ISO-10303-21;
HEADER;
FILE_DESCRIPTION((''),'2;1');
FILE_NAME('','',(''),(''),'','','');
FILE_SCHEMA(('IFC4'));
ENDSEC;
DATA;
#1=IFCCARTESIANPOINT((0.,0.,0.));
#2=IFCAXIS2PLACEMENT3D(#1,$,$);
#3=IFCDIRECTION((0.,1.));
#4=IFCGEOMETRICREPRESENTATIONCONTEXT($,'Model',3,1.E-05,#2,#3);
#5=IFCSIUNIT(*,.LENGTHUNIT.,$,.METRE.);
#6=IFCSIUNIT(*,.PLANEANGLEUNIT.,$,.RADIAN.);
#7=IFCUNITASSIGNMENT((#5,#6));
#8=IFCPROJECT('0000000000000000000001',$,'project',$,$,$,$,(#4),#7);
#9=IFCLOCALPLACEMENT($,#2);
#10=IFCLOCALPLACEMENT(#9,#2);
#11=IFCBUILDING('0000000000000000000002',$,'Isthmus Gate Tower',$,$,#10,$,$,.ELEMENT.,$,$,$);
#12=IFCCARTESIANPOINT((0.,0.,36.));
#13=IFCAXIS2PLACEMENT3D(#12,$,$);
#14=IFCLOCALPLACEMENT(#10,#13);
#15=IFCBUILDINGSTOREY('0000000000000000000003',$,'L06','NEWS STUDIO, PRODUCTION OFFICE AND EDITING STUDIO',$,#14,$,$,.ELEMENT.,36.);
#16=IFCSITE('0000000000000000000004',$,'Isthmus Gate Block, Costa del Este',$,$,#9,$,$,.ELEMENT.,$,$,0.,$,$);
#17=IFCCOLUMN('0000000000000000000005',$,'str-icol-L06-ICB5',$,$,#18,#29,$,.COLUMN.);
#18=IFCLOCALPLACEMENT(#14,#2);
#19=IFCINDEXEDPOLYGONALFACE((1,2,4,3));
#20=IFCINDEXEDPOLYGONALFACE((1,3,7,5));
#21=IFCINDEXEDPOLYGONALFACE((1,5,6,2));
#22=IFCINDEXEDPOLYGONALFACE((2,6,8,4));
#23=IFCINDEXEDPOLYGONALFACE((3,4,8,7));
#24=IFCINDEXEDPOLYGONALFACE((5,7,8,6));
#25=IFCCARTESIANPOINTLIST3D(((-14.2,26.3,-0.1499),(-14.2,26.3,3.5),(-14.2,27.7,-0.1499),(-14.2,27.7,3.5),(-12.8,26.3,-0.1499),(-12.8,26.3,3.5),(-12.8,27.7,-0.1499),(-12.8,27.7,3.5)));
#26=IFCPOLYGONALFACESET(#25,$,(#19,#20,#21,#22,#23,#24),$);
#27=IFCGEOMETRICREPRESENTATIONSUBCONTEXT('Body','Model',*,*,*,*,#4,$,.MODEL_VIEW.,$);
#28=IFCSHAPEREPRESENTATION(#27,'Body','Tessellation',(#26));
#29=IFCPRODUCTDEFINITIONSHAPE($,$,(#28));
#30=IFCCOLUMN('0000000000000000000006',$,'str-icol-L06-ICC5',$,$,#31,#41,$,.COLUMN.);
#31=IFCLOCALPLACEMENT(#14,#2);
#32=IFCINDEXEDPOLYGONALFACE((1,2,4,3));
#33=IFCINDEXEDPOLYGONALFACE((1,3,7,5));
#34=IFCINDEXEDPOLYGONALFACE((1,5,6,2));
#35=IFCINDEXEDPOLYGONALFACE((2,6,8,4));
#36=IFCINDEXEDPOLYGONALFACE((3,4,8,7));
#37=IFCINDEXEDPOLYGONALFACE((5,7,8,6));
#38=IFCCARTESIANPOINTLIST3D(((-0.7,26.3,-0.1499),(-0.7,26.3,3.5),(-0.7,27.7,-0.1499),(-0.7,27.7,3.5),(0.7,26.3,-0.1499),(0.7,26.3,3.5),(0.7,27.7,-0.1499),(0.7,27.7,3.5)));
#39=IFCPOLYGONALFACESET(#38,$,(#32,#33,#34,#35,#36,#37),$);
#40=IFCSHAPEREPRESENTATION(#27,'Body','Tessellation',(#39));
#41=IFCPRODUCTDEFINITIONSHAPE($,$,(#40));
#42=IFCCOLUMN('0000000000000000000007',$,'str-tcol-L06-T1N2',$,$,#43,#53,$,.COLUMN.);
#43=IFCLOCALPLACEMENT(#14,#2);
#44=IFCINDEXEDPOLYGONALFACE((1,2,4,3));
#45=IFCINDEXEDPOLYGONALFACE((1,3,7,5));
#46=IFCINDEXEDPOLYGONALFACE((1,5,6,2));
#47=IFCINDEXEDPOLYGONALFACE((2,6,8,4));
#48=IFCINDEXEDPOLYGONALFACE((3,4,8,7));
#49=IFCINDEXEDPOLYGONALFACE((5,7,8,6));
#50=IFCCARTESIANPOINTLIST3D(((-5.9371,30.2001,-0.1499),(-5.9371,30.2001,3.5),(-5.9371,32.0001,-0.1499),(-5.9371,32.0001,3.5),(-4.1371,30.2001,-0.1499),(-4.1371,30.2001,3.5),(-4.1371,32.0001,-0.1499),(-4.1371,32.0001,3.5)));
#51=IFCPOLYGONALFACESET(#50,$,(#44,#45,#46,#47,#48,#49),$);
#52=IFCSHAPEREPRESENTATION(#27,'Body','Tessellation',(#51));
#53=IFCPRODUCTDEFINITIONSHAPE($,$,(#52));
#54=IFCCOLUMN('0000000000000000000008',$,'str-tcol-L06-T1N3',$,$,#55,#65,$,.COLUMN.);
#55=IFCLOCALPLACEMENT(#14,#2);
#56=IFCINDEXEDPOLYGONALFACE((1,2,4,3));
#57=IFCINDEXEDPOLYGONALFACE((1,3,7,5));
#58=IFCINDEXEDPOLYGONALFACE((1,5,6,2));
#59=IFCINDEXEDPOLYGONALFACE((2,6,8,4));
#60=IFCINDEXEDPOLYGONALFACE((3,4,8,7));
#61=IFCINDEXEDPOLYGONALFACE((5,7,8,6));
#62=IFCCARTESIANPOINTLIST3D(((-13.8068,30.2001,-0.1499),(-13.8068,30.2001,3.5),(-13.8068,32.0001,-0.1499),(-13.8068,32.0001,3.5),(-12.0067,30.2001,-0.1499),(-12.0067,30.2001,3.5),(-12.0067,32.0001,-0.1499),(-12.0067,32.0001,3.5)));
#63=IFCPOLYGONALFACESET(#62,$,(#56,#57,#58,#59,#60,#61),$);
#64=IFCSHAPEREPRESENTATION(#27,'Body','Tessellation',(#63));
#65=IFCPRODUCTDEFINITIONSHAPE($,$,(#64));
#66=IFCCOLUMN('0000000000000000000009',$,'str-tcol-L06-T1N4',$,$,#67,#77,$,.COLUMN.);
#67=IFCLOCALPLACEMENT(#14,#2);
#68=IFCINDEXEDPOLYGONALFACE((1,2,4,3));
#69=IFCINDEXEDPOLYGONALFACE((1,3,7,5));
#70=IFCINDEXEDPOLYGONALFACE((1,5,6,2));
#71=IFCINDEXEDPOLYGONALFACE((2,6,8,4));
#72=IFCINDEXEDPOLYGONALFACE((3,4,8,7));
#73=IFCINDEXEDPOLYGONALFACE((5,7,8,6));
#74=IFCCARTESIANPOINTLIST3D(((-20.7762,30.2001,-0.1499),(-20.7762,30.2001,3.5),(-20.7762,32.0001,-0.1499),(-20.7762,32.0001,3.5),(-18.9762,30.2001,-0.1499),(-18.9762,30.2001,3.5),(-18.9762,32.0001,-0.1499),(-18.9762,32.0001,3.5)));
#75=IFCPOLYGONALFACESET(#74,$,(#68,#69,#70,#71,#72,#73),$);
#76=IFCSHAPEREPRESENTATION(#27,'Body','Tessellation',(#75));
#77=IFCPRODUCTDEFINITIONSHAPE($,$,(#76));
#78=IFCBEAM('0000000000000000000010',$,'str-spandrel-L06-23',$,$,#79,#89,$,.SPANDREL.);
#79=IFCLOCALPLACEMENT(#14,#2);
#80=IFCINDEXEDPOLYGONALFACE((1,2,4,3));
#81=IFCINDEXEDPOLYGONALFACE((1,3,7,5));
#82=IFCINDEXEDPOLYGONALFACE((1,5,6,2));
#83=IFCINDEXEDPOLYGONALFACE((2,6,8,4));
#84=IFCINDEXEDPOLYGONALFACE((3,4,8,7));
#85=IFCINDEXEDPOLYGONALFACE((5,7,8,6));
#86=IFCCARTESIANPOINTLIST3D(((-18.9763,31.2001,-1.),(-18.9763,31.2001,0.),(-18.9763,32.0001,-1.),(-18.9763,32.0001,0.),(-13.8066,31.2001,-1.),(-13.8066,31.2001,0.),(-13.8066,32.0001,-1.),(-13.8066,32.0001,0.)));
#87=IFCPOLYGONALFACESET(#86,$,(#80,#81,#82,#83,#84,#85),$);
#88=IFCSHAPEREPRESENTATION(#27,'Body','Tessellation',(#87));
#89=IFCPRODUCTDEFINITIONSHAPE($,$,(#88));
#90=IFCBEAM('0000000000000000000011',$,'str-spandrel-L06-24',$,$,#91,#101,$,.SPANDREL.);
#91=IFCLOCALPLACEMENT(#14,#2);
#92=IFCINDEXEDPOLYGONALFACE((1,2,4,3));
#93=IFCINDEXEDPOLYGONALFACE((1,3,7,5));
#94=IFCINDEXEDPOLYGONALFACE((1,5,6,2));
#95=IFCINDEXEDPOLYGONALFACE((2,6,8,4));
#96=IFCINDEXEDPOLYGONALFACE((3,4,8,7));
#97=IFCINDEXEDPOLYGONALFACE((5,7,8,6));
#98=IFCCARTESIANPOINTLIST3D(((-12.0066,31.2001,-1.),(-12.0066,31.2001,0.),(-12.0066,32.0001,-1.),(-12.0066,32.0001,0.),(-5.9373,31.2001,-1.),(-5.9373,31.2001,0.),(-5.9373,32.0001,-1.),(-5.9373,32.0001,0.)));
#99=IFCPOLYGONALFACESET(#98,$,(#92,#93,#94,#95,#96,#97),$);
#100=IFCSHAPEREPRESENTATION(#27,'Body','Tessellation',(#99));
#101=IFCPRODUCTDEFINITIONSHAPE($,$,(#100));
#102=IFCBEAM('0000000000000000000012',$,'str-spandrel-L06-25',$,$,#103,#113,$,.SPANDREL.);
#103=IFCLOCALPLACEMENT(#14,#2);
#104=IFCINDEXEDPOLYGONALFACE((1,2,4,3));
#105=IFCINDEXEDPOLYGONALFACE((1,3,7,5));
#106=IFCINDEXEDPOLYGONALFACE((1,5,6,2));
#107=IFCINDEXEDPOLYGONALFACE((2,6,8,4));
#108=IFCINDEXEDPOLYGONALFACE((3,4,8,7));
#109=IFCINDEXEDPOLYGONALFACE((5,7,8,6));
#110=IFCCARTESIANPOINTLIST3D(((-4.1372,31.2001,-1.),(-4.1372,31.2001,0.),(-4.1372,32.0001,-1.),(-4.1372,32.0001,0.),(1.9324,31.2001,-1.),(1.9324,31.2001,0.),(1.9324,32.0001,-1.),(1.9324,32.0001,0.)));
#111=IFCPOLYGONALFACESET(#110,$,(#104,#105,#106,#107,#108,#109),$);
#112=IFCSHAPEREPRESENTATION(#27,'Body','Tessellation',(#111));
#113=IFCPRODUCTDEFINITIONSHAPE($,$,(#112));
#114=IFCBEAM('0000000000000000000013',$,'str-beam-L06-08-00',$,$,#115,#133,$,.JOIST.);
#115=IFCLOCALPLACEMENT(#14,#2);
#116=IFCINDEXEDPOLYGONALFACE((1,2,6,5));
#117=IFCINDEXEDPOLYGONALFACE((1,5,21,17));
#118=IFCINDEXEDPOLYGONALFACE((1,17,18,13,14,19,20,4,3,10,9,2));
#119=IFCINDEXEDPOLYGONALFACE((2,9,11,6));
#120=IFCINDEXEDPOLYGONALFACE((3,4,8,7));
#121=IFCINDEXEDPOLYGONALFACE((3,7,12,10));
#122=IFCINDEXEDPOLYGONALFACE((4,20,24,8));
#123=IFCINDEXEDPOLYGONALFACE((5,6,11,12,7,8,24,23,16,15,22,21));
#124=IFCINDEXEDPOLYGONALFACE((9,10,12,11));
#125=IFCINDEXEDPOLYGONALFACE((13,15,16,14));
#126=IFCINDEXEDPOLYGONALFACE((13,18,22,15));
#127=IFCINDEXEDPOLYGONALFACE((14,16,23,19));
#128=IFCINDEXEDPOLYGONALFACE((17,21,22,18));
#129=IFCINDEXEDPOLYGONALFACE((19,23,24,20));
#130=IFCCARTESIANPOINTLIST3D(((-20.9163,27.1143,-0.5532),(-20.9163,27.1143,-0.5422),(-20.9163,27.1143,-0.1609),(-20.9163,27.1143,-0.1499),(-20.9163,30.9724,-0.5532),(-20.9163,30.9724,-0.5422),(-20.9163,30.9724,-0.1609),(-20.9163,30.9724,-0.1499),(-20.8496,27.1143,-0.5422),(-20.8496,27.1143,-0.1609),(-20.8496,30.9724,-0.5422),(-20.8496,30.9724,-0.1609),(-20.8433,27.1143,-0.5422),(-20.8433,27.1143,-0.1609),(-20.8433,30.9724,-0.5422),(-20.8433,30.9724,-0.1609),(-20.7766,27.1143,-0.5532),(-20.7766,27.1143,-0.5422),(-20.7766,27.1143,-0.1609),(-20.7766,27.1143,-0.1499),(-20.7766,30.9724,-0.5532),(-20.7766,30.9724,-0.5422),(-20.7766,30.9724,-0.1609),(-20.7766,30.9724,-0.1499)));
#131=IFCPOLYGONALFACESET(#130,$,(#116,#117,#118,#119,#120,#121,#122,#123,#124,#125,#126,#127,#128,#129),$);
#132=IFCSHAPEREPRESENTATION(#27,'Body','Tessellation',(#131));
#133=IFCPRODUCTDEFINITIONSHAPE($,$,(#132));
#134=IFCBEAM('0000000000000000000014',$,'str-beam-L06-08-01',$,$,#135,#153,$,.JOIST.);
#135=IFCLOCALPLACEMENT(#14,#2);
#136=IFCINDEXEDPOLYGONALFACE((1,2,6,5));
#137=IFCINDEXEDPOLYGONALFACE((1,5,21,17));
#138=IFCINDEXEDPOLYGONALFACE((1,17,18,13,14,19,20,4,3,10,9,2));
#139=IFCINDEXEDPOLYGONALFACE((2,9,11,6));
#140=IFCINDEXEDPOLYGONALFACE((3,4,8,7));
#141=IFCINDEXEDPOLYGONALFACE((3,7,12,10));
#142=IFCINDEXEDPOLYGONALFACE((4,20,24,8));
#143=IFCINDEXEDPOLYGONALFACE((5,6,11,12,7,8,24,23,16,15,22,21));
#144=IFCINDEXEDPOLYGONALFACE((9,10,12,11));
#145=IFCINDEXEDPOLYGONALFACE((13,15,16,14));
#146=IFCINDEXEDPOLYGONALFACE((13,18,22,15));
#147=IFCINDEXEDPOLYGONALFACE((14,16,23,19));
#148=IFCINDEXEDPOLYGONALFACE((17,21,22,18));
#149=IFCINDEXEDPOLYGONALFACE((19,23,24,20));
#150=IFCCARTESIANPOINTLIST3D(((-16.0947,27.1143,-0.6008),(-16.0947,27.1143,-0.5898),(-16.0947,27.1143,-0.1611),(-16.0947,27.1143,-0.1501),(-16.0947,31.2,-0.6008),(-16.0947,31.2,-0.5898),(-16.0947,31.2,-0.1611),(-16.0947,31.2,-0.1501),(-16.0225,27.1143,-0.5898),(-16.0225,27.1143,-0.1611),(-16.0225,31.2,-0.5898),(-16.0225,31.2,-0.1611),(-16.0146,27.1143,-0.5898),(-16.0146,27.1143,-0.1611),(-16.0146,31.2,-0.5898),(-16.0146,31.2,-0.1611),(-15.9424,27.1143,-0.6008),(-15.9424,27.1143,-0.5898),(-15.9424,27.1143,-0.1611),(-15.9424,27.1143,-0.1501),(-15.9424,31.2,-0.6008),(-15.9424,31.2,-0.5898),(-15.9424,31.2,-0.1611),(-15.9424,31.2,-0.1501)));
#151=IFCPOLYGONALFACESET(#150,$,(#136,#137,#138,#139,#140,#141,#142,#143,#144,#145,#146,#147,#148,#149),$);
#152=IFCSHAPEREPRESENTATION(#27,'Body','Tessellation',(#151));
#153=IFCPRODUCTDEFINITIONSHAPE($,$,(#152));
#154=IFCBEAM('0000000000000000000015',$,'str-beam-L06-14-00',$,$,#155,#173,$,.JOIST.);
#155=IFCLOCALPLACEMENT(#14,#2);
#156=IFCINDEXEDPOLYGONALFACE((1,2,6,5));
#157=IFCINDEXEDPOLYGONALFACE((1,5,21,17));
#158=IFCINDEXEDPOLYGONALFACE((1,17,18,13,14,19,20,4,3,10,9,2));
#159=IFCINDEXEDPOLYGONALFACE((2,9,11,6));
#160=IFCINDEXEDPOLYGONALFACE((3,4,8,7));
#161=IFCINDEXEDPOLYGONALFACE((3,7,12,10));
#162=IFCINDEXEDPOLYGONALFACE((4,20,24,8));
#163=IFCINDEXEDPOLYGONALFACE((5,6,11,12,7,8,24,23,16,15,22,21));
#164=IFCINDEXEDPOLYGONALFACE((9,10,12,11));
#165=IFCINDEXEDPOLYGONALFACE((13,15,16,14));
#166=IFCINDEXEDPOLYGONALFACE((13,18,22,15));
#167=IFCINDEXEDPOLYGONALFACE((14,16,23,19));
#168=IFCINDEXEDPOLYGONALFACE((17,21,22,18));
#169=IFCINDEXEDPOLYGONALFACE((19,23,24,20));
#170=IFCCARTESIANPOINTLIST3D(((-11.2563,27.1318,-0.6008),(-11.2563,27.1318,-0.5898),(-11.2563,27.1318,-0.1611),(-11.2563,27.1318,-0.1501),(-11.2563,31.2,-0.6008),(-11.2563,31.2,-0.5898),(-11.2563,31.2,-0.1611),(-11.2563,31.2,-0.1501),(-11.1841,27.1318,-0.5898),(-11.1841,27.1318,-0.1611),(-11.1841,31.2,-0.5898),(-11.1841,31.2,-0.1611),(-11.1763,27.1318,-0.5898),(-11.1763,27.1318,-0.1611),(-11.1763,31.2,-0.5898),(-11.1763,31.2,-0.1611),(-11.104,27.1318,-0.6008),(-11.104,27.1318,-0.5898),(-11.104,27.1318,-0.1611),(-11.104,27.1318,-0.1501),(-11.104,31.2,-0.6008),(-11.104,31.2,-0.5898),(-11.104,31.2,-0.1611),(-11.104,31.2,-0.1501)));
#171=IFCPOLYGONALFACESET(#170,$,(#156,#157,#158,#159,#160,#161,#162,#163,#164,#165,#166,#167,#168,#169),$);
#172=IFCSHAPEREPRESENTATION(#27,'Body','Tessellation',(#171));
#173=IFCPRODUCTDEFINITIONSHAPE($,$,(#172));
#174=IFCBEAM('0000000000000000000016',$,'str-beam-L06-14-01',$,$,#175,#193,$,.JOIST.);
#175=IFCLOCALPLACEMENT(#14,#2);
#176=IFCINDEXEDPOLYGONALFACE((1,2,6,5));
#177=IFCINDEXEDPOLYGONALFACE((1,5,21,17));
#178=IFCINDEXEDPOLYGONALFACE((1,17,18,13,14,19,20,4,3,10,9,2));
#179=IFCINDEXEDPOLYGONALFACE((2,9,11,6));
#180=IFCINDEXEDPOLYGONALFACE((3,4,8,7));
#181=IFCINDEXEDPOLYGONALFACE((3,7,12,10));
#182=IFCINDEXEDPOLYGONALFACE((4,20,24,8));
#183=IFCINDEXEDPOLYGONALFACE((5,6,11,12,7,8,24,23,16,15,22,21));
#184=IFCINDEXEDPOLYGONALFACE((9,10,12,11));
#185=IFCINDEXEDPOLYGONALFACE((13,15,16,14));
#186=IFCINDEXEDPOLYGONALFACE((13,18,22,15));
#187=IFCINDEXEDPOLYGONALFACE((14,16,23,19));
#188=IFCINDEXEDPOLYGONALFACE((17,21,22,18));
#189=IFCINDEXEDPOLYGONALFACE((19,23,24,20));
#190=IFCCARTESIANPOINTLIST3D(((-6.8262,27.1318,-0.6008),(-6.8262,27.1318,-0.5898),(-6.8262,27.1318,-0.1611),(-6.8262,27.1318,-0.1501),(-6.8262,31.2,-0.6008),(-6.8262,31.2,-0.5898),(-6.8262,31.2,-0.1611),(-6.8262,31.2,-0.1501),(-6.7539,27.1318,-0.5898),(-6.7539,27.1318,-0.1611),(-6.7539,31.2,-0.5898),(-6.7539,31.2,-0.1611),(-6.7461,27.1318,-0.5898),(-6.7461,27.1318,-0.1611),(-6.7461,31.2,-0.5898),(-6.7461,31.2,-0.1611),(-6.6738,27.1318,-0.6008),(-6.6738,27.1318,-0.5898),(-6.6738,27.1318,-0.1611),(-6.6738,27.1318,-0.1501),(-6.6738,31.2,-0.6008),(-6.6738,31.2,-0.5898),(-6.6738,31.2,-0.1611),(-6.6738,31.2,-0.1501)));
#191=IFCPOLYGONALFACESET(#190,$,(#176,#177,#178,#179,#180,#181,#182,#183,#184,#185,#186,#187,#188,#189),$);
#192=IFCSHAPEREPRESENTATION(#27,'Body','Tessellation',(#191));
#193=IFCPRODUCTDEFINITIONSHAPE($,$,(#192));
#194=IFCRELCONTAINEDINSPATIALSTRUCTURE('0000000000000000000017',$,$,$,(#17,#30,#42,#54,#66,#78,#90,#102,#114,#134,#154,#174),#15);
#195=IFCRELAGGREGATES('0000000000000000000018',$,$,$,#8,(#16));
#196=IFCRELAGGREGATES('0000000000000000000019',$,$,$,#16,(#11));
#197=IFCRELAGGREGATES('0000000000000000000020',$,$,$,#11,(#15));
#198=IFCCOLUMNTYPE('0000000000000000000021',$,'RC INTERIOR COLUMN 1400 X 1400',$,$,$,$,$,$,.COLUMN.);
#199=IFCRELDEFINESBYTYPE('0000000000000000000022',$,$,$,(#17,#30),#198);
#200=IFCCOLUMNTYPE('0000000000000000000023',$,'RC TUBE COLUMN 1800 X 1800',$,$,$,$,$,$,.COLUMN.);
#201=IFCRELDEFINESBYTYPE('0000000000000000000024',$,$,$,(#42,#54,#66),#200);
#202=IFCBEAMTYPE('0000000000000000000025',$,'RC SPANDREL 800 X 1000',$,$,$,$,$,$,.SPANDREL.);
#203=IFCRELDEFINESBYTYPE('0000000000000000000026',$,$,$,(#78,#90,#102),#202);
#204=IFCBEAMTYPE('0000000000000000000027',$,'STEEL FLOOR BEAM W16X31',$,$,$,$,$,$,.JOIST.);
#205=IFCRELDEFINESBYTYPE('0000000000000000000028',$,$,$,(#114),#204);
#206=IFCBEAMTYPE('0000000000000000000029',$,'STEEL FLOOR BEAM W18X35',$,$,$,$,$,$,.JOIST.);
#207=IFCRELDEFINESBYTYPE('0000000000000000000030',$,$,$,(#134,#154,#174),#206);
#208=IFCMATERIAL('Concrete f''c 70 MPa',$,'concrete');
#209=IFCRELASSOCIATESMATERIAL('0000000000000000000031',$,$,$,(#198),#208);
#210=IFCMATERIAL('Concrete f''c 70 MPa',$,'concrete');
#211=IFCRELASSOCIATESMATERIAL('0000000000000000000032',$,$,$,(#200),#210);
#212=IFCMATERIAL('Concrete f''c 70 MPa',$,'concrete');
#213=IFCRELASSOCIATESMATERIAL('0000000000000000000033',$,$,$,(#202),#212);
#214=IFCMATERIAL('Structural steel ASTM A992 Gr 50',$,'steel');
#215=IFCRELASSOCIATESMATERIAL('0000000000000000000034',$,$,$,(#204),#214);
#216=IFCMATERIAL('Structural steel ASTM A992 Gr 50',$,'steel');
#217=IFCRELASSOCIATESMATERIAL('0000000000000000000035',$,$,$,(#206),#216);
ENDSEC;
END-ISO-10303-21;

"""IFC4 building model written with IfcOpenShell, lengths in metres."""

from ifc_helpers import new_model, si_unit, direction, frame, origin, origin_2d, place, context, subcontext, project, spatial, rectangle, i_section, extrude, material, material_profile, profile_set, type_object, element, save


model = new_model("IFC4")

# Units and contexts
model_context = context("Model", 3, precision=1e-05, world=origin(), true_north=direction((0.0, 1.0)))
body_context = subcontext(model_context, "Body", "Model", "MODEL_VIEW")
ifc_project = project(units=[si_unit("LENGTHUNIT", "METRE"), si_unit("PLANEANGLEUNIT", "RADIAN")], contexts=[model_context])

# Site, building, storey
site_placement = place(None, origin())
site = spatial("IfcSite", under=ifc_project, at=site_placement, Name="Isthmus Gate Block, Costa del Este", CompositionType="ELEMENT", RefElevation=0.0)
building_placement = place(site_placement, origin())
building = spatial("IfcBuilding", under=site, at=building_placement, Name="Isthmus Gate Tower", CompositionType="ELEMENT")
storey_placement = place(building_placement, frame((0.0, 0.0, 36.0)))
storey = spatial("IfcBuildingStorey", under=building, at=storey_placement, Name="L06", Description="NEWS STUDIO, PRODUCTION OFFICE AND EDITING STUDIO", CompositionType="ELEMENT", Elevation=36.0)

# Columns
ifc_material_1 = material(Name="Concrete f'c 70 MPa", Category="concrete")
ifc_material_profile_1 = material_profile(ifc_material_1, rectangle(XDim=1.3999, YDim=1.3999, at=origin_2d()), Name="RC 1400X1400")
ifc_profile_set_1 = profile_set([ifc_material_profile_1], Name="Concrete f'c 70 MPa")
column_type_1 = type_object("IfcColumnType", Name="RC INTERIOR COLUMN 1400 X 1400", PredefinedType="COLUMN", material=ifc_profile_set_1)
for number, where, z_axis, x_axis, name in (
    (1, (-13.5, 27.0, -0.1499), (0.0, 0.0, 1.0), (1.0, 0.0, 0.0), "str-icol-L06-ICB5"),
    (2, (0.0, 27.0, -0.1499), (0.0, 0.0, 1.0), (1.0, 0.0, 0.0), "str-icol-L06-ICC5"),
):
    element("IfcColumn", number, at=place(storey_placement, frame(where, z_axis=z_axis, x_axis=x_axis)), inside=storey, type_object=column_type_1, Name=name, PredefinedType="COLUMN", context=body_context, shape_type="SweptSolid", body=[
        extrude(rectangle(XDim=1.3999, YDim=1.3999, at=origin_2d()), origin(), (0.0, 0.0, 1.0), 3.6499),
    ])
ifc_material_2 = material(Name="Concrete f'c 70 MPa", Category="concrete")
ifc_material_profile_2 = material_profile(ifc_material_2, rectangle(XDim=1.8, YDim=1.8, at=origin_2d()), Name="RC 1800X1800")
ifc_profile_set_2 = profile_set([ifc_material_profile_2], Name="Concrete f'c 70 MPa")
column_type_2 = type_object("IfcColumnType", Name="RC TUBE COLUMN 1800 X 1800", PredefinedType="COLUMN", material=ifc_profile_set_2)
for number, where, z_axis, x_axis, name in (
    (3, (-5.0371, 31.1001, -0.1499), (0.0, 0.0, 1.0), (-1.0, 0.0, 0.0), "str-tcol-L06-T1N2"),
    (4, (-12.9067, 31.1001, -0.1499), (0.0, 0.0, 1.0), (-1.0, 0.0, 0.0), "str-tcol-L06-T1N3"),
    (5, (-19.8762, 31.1001, -0.1499), (0.0, 0.0, 1.0), (-1.0, 0.0, 0.0), "str-tcol-L06-T1N4"),
):
    element("IfcColumn", number, at=place(storey_placement, frame(where, z_axis=z_axis, x_axis=x_axis)), inside=storey, type_object=column_type_2, Name=name, PredefinedType="COLUMN", context=body_context, shape_type="SweptSolid", body=[
        extrude(rectangle(XDim=1.8, YDim=1.8, at=origin_2d()), origin(), (0.0, 0.0, 1.0), 3.6499),
    ])

# Beams
ifc_material_3 = material(Name="Concrete f'c 70 MPa", Category="concrete")
ifc_material_profile_3 = material_profile(ifc_material_3, rectangle(XDim=0.8, YDim=1.0, at=origin_2d()), Name="RC 800X1000")
ifc_profile_set_3 = profile_set([ifc_material_profile_3], Name="Concrete f'c 70 MPa")
beam_type_1 = type_object("IfcBeamType", Name="RC SPANDREL 800 X 1000", PredefinedType="SPANDREL", material=ifc_profile_set_3)
beam_1_placement = place(storey_placement, frame((-18.9763, 31.6001, -0.5), z_axis=(1.0, 0.0, 0.0), x_axis=(0.0, 1.0, 0.0)))
element("IfcBeam", 6, at=beam_1_placement, inside=storey, type_object=beam_type_1, Name="str-spandrel-L06-23", PredefinedType="SPANDREL", context=body_context, shape_type="SweptSolid", body=[
    extrude(rectangle(XDim=0.8, YDim=1.0, at=origin_2d()), origin(), (0.0, 0.0, 1.0), 5.1697),
])
beam_2_placement = place(storey_placement, frame((-12.0066, 31.6001, -0.5), z_axis=(1.0, 0.0, 0.0), x_axis=(0.0, 1.0, 0.0)))
element("IfcBeam", 7, at=beam_2_placement, inside=storey, type_object=beam_type_1, Name="str-spandrel-L06-24", PredefinedType="SPANDREL", context=body_context, shape_type="SweptSolid", body=[
    extrude(rectangle(XDim=0.8, YDim=1.0, at=origin_2d()), origin(), (0.0, 0.0, 1.0), 6.0693),
])
beam_3_placement = place(storey_placement, frame((-4.1372, 31.6001, -0.5), z_axis=(1.0, 0.0, 0.0), x_axis=(0.0, 1.0, 0.0)))
element("IfcBeam", 8, at=beam_3_placement, inside=storey, type_object=beam_type_1, Name="str-spandrel-L06-25", PredefinedType="SPANDREL", context=body_context, shape_type="SweptSolid", body=[
    extrude(rectangle(XDim=0.8, YDim=1.0, at=origin_2d()), origin(), (0.0, 0.0, 1.0), 6.0696),
])
ifc_material_4 = material(Name="Structural steel ASTM A992 Gr 50", Category="steel")
ifc_material_profile_4 = material_profile(ifc_material_4, i_section(OverallWidth=0.1396, OverallDepth=0.4033, WebThickness=0.0063, FlangeThickness=0.011, at=origin_2d()), Name="W16X31")
ifc_profile_set_4 = profile_set([ifc_material_profile_4], Name="Structural steel ASTM A992 Gr 50")
beam_type_2 = type_object("IfcBeamType", Name="STEEL FLOOR BEAM W16X31", PredefinedType="JOIST", material=ifc_profile_set_4)
beam_4_placement = place(storey_placement, frame((-20.8464, 27.1143, -0.3516), z_axis=(0.0, 1.0, 0.0), x_axis=(-1.0, 0.0, 0.0)))
element("IfcBeam", 9, at=beam_4_placement, inside=storey, type_object=beam_type_2, Name="str-beam-L06-08-00", PredefinedType="JOIST", context=body_context, shape_type="SweptSolid", body=[
    extrude(i_section(OverallWidth=0.1396, OverallDepth=0.4033, WebThickness=0.0063, FlangeThickness=0.011, at=origin_2d()), origin(), (0.0, 0.0, 1.0), 3.8582),
])
ifc_material_5 = material(Name="Structural steel ASTM A992 Gr 50", Category="steel")
ifc_material_profile_5 = material_profile(ifc_material_5, i_section(OverallWidth=0.1523, OverallDepth=0.4507, WebThickness=0.0078, FlangeThickness=0.011, at=origin_2d()), Name="W18X35")
ifc_profile_set_5 = profile_set([ifc_material_profile_5], Name="Structural steel ASTM A992 Gr 50")
beam_type_3 = type_object("IfcBeamType", Name="STEEL FLOOR BEAM W18X35", PredefinedType="JOIST", material=ifc_profile_set_5)
beam_5_placement = place(storey_placement, frame((-16.0186, 27.1143, -0.3755), z_axis=(0.0, 1.0, 0.0), x_axis=(-1.0, 0.0, 0.0)))
element("IfcBeam", 10, at=beam_5_placement, inside=storey, type_object=beam_type_3, Name="str-beam-L06-08-01", PredefinedType="JOIST", context=body_context, shape_type="SweptSolid", body=[
    extrude(i_section(OverallWidth=0.1523, OverallDepth=0.4507, WebThickness=0.0078, FlangeThickness=0.011, at=origin_2d()), origin(), (0.0, 0.0, 1.0), 4.0857),
])
for number, where, z_axis, x_axis, name in (
    (11, (-11.1802, 27.1318, -0.3755), (0.0, 1.0, 0.0), (-1.0, 0.0, 0.0), "str-beam-L06-14-00"),
    (12, (-6.75, 27.1318, -0.3755), (0.0, 1.0, 0.0), (-1.0, 0.0, 0.0), "str-beam-L06-14-01"),
):
    element("IfcBeam", number, at=place(storey_placement, frame(where, z_axis=z_axis, x_axis=x_axis)), inside=storey, type_object=beam_type_3, Name=name, PredefinedType="JOIST", context=body_context, shape_type="SweptSolid", body=[
        extrude(i_section(OverallWidth=0.1523, OverallDepth=0.4507, WebThickness=0.0078, FlangeThickness=0.011, at=origin_2d()), origin(), (0.0, 0.0, 1.0), 4.0681),
    ])

save(model, "model.ifc")
